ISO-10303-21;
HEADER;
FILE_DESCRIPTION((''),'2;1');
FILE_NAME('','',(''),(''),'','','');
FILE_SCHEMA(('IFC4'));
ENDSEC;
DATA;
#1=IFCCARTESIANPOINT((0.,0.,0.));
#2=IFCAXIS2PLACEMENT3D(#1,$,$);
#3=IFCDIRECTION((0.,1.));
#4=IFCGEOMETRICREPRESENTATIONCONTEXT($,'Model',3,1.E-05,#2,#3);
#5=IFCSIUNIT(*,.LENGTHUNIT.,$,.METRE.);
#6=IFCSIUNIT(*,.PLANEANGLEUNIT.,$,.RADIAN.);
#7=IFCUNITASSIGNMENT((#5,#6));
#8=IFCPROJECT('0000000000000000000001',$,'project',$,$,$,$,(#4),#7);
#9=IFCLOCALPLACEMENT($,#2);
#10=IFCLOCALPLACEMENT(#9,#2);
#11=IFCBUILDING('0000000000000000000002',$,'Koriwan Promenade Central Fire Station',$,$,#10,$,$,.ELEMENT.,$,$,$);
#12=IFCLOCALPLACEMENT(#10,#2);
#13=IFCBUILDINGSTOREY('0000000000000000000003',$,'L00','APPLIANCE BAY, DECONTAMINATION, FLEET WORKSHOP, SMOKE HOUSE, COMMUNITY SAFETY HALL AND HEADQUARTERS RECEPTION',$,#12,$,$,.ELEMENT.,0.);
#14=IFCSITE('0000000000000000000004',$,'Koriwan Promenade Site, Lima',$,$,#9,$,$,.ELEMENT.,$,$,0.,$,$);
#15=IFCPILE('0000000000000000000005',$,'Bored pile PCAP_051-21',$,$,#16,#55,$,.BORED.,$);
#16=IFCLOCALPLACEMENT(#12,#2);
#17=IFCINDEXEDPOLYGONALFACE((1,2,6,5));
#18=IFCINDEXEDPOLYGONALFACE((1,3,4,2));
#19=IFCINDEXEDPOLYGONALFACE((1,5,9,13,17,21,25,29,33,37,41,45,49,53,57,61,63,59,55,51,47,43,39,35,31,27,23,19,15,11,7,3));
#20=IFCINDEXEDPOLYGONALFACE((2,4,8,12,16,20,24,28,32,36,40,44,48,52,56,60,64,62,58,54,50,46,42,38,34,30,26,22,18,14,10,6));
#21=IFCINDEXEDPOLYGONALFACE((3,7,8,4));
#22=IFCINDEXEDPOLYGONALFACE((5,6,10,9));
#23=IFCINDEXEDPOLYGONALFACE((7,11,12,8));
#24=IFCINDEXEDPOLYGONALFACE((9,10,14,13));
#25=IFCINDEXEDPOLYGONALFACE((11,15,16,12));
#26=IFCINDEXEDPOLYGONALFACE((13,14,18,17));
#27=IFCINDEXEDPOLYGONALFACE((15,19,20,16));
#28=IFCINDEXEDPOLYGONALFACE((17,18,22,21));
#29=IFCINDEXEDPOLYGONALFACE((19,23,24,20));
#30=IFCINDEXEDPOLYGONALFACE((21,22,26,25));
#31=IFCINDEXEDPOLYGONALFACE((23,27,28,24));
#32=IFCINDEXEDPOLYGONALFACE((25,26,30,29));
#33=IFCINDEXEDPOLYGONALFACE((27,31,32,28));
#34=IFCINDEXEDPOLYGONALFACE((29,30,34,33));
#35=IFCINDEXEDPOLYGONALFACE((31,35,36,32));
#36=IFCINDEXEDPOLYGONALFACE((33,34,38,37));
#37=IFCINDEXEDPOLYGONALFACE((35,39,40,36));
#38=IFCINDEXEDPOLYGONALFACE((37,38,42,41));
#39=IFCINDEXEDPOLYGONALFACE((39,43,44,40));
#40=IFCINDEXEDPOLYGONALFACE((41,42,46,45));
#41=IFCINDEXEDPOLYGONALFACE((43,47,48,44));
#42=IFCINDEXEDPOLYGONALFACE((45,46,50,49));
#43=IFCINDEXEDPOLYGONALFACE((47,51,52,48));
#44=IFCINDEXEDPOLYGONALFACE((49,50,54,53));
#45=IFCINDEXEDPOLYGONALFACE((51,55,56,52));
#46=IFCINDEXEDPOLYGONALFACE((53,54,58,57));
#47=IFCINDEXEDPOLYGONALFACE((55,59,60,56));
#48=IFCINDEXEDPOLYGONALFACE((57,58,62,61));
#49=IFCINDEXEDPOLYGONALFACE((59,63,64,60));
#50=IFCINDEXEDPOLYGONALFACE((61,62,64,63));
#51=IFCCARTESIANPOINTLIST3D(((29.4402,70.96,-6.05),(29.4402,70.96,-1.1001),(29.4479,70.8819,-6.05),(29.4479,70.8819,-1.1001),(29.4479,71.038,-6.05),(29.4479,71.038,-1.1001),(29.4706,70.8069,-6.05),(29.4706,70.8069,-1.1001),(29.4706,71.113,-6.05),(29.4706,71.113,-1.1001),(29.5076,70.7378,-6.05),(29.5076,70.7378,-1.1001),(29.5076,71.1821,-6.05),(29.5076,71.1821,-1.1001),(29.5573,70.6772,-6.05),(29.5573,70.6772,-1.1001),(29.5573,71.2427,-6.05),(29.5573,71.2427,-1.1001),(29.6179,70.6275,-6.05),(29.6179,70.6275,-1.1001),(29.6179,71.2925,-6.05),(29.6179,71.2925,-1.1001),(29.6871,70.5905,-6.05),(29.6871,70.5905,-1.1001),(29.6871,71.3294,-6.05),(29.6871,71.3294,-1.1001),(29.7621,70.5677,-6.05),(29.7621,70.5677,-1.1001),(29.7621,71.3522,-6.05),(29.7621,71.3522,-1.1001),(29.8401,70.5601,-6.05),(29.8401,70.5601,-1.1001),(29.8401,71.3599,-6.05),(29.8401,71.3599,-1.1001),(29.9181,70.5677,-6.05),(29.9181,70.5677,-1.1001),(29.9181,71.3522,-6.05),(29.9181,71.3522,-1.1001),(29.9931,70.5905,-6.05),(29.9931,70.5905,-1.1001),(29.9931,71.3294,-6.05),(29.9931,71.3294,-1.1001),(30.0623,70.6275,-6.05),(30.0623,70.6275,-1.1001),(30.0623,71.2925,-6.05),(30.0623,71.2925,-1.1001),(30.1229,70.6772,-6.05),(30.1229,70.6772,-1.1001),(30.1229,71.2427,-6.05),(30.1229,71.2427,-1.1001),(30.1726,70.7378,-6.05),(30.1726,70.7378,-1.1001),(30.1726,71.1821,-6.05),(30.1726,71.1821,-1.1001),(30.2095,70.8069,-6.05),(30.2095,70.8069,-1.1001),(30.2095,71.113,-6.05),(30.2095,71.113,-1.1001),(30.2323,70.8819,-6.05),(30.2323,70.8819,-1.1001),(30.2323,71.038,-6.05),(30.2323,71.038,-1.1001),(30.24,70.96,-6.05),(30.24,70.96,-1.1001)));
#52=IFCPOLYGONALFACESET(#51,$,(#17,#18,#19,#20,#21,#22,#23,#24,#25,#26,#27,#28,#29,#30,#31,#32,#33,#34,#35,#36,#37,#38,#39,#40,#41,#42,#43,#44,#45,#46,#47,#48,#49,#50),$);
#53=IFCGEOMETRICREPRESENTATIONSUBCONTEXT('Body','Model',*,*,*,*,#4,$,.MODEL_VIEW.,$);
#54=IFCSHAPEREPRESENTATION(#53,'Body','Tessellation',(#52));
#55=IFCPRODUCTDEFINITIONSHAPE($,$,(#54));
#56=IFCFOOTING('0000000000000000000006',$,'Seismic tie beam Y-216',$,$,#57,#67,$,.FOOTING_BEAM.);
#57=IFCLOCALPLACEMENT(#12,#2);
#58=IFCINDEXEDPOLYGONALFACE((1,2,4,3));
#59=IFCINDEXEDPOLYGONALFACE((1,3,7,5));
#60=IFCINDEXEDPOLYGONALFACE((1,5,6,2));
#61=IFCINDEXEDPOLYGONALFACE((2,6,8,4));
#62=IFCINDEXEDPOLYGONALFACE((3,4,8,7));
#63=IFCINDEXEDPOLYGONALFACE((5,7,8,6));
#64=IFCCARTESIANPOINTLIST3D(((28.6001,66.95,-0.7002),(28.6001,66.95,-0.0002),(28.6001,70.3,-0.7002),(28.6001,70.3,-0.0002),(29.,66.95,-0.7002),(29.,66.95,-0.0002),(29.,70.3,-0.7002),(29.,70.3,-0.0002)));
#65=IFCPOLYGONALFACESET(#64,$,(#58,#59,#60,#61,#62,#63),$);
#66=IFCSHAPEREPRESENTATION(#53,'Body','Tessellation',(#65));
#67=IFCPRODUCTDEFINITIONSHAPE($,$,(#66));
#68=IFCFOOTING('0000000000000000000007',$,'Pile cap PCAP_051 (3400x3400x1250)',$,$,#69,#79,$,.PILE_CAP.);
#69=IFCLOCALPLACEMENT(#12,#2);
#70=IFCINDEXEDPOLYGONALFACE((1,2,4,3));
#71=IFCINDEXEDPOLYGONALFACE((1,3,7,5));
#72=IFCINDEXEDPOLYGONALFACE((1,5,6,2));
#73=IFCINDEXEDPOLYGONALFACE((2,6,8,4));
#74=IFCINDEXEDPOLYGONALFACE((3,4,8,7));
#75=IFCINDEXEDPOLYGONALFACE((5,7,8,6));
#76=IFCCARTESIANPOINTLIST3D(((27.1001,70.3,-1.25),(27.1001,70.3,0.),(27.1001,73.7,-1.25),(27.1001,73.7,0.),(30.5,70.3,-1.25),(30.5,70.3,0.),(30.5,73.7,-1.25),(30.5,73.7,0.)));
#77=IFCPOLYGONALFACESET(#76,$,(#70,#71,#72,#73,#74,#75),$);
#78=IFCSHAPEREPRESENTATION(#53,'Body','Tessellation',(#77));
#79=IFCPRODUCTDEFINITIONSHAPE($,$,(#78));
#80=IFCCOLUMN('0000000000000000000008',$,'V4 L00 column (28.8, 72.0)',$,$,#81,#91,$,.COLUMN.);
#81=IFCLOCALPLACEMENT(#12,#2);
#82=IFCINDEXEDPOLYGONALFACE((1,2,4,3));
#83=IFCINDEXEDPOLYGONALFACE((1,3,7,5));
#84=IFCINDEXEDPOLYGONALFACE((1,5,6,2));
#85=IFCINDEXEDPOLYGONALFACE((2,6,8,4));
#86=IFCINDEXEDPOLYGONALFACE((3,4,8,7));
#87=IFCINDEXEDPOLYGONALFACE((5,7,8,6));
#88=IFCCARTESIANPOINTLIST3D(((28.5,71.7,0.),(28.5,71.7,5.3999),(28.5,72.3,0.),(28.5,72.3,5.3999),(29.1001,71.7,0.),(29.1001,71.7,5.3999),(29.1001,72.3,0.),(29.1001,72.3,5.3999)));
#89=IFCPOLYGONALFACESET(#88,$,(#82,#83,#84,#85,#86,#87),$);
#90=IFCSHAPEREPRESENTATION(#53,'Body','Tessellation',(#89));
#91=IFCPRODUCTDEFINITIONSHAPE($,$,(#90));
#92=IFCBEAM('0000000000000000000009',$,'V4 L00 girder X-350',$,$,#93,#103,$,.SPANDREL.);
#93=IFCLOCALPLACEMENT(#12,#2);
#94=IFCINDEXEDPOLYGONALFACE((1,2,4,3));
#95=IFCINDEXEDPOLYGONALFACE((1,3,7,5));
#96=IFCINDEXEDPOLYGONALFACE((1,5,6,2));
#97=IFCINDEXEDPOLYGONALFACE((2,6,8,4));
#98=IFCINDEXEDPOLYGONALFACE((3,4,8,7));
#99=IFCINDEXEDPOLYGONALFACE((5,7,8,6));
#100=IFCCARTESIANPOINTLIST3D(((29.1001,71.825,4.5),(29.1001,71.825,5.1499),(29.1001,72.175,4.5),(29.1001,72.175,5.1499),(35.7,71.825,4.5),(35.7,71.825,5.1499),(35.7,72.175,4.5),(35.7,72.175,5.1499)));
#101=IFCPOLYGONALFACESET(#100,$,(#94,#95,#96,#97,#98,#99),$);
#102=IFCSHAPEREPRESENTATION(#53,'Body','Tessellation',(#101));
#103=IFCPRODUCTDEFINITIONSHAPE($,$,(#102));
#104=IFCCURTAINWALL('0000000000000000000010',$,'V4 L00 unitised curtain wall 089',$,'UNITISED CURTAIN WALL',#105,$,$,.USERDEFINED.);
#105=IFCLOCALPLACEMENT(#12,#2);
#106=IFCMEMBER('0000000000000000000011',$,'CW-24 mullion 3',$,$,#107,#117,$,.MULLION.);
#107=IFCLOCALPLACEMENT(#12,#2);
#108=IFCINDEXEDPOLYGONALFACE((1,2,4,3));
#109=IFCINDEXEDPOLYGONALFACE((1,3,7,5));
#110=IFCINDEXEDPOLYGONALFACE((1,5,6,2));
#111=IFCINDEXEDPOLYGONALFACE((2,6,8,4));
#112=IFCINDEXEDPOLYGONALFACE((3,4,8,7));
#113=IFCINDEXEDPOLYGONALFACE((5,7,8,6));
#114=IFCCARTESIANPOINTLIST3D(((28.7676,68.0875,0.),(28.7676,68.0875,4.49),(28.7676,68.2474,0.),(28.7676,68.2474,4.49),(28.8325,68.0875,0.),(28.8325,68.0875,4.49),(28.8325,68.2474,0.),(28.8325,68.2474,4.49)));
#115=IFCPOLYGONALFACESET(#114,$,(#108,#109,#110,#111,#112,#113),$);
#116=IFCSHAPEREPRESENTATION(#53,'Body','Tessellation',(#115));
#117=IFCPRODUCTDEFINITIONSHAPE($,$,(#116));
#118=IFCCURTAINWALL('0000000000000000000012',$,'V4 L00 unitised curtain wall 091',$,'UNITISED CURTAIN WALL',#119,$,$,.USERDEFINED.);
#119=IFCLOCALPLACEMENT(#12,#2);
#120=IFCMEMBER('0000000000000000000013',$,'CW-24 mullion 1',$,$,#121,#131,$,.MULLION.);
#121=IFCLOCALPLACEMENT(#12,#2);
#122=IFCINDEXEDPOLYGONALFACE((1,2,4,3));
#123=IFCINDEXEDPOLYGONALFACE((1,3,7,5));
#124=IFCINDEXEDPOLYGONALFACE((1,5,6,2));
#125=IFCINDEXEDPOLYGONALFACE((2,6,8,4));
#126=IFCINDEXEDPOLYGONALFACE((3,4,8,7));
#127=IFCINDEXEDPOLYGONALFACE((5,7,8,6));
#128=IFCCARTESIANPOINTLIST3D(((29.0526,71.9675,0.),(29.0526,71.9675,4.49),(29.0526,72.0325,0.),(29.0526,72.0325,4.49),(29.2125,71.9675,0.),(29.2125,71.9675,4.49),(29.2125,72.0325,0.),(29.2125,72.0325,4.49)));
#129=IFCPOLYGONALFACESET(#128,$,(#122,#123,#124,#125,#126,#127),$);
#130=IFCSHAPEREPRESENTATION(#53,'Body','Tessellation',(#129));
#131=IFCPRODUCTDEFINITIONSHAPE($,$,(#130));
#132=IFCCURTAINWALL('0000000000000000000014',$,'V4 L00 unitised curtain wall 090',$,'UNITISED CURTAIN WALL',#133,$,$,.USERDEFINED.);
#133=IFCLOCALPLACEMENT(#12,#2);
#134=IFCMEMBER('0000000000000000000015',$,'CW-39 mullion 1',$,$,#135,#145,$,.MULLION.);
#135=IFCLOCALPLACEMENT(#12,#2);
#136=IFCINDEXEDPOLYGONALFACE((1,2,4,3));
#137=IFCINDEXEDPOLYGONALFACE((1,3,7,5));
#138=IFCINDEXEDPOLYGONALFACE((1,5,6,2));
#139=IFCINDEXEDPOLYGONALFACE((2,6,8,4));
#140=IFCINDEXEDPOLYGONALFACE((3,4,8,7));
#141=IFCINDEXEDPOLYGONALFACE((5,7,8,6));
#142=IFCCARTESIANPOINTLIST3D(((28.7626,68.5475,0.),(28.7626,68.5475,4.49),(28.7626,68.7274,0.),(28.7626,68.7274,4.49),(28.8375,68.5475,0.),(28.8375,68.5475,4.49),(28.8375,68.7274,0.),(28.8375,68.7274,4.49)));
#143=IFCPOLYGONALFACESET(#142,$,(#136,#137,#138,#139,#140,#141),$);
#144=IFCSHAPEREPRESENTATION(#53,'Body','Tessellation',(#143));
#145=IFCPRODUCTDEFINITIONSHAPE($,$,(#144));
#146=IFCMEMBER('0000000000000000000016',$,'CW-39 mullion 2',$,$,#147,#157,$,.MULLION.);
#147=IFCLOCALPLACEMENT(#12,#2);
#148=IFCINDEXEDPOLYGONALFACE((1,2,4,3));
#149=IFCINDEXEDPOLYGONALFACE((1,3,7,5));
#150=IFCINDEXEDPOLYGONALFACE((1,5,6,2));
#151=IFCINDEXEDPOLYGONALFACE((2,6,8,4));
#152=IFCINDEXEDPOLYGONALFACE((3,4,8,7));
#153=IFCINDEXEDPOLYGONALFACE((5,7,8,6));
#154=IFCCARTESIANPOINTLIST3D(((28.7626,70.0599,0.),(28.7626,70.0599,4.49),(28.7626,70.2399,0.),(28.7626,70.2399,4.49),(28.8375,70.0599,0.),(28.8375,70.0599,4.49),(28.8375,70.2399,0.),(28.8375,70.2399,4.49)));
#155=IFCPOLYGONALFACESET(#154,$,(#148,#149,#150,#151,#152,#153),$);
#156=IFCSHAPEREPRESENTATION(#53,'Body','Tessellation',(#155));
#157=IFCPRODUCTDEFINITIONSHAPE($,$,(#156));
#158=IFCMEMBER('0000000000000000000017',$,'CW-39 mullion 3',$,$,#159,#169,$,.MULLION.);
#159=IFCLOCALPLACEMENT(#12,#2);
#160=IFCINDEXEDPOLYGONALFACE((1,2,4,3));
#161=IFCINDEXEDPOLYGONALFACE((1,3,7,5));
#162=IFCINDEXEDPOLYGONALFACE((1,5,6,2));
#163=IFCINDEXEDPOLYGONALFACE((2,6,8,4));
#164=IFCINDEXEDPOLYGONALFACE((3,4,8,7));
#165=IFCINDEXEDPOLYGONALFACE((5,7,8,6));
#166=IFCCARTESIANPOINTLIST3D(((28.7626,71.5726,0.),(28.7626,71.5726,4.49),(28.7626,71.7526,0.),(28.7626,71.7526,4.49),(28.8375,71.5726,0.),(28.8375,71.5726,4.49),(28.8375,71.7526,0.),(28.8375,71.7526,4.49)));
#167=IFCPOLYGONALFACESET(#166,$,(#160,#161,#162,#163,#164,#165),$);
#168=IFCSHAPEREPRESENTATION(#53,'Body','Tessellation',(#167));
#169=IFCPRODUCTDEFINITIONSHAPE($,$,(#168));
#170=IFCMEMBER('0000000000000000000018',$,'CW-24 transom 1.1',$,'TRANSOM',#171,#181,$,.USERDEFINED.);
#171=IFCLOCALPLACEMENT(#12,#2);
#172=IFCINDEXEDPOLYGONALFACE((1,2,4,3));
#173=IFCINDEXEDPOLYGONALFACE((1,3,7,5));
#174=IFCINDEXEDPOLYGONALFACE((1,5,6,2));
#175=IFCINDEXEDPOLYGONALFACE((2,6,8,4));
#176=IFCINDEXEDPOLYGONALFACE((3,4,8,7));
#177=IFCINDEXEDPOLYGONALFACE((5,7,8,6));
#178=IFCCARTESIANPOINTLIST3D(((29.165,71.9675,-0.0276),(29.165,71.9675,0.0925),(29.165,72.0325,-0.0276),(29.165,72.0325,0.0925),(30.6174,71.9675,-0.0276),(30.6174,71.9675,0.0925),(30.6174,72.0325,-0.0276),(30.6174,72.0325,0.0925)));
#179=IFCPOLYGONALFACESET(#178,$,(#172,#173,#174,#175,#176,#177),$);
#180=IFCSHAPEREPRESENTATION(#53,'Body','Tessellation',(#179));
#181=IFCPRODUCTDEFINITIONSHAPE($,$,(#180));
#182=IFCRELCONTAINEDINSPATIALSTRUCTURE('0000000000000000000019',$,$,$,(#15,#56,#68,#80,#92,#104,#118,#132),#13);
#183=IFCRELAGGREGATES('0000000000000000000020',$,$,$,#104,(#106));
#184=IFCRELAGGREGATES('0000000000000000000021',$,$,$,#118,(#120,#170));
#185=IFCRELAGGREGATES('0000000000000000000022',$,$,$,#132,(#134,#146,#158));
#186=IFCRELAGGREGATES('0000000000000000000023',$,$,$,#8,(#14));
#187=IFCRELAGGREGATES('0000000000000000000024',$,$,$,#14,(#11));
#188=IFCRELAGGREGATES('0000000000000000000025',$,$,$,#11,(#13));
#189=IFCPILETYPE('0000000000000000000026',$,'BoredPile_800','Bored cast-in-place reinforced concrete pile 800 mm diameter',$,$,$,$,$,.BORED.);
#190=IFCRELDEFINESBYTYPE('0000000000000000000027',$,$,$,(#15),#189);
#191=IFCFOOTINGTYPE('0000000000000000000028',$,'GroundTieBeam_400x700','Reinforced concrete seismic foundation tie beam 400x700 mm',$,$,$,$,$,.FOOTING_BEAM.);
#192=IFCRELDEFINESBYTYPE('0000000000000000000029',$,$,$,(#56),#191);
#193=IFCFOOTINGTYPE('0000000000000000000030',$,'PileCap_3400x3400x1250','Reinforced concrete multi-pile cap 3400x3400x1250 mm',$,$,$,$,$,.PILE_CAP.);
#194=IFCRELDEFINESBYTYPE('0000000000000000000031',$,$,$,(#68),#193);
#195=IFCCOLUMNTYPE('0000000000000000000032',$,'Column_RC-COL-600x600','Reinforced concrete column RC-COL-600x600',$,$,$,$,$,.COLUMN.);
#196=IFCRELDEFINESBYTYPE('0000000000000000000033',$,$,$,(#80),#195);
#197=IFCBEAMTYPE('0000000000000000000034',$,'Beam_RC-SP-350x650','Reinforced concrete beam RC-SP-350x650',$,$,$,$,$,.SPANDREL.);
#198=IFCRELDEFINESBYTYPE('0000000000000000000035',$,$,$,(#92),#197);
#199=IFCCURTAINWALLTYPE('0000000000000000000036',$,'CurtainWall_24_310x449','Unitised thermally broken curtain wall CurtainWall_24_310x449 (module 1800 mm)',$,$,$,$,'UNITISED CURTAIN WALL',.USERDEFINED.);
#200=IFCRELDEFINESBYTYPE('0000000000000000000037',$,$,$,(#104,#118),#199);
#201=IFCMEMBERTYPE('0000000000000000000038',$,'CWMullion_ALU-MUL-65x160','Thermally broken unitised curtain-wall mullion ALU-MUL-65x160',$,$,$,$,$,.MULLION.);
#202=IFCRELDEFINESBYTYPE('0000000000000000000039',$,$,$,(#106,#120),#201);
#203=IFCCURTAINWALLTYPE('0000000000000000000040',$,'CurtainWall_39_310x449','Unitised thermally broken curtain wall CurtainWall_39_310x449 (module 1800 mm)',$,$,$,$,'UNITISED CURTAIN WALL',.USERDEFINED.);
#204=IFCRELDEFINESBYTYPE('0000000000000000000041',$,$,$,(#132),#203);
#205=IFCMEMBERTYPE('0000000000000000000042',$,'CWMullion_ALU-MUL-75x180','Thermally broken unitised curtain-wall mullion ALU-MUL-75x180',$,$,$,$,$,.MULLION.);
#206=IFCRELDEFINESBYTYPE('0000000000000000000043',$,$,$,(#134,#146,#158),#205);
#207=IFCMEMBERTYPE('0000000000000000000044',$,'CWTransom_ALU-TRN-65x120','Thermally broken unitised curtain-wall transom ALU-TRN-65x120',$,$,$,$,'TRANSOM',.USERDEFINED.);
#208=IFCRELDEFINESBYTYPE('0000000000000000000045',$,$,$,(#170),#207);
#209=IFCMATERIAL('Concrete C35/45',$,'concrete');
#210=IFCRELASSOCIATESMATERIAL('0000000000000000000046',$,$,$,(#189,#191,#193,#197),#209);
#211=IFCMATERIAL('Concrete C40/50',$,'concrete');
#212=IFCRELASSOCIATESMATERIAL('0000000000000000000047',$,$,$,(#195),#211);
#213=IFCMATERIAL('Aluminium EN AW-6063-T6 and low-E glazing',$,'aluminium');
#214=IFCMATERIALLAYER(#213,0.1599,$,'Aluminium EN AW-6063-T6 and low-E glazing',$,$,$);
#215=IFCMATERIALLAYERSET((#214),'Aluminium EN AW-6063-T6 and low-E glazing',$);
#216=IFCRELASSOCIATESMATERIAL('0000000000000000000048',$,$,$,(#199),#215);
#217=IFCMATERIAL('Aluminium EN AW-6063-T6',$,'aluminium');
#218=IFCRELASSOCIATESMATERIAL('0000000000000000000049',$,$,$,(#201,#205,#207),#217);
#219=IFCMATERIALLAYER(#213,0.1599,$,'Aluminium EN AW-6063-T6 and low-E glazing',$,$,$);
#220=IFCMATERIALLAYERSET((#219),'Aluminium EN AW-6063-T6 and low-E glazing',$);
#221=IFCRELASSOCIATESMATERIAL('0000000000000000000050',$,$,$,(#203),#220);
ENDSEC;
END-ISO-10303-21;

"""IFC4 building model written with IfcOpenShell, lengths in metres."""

from ifc_helpers import new_model, si_unit, direction, frame, origin, origin_2d, place, context, subcontext, project, spatial, rectangle, circle, extrude, material, layer, layer_set, material_profile, profile_set, type_object, element, aggregate, save


model = new_model("IFC4")

# Units and contexts
model_context = context("Model", 3, precision=1e-05, world=origin(), true_north=direction((0.0, 1.0)))
body_context = subcontext(model_context, "Body", "Model", "MODEL_VIEW")
ifc_project = project(units=[si_unit("LENGTHUNIT", "METRE"), si_unit("PLANEANGLEUNIT", "RADIAN")], contexts=[model_context])

# Site, building, storey
site_placement = place(None, origin())
site = spatial("IfcSite", under=ifc_project, at=site_placement, Name="Koriwan Promenade Site, Lima", CompositionType="ELEMENT", RefElevation=0.0)
building_placement = place(site_placement, origin())
building = spatial("IfcBuilding", under=site, at=building_placement, Name="Koriwan Promenade Central Fire Station", CompositionType="ELEMENT")
storey_placement = place(building_placement, origin())
storey = spatial("IfcBuildingStorey", under=building, at=storey_placement, Name="L00", Description="APPLIANCE BAY, DECONTAMINATION, FLEET WORKSHOP, SMOKE HOUSE, COMMUNITY SAFETY HALL AND HEADQUARTERS RECEPTION", CompositionType="ELEMENT", Elevation=0.0)

# Pile
ifc_material_1 = material(Name="Concrete C35/45", Category="concrete")
ifc_material_profile_1 = material_profile(ifc_material_1, circle(Radius=0.3999, at=origin_2d()), Name="PILE-D800")
ifc_profile_set_1 = profile_set([ifc_material_profile_1], Name="Concrete C35/45")
pile_type = type_object("IfcPileType", Name="BoredPile_800", Description="Bored cast-in-place reinforced concrete pile 800 mm diameter", PredefinedType="BORED", material=ifc_profile_set_1)
pile_placement = place(storey_placement, frame((29.8401, 70.96, -1.1001), z_axis=(0.0, 0.0, -1.0), x_axis=(1.0, 0.0, 0.0)))
element("IfcPile", 1, at=pile_placement, inside=storey, type_object=pile_type, Name="Bored pile PCAP_051-21", PredefinedType="BORED", context=body_context, shape_type="SweptSolid", body=[
    extrude(circle(Radius=0.3999, at=origin_2d()), origin(), (0.0, 0.0, 1.0), 4.95),
])

# Footings
footing_type_1 = type_object("IfcFootingType", Name="GroundTieBeam_400x700", Description="Reinforced concrete seismic foundation tie beam 400x700 mm", PredefinedType="FOOTING_BEAM", material=ifc_material_1)
footing_1_placement = place(storey_placement, frame((28.8, 68.625, -0.7002), z_axis=(0.0, 0.0, 1.0), x_axis=(0.0, 1.0, 0.0)))
element("IfcFooting", 2, at=footing_1_placement, inside=storey, type_object=footing_type_1, Name="Seismic tie beam Y-216", PredefinedType="FOOTING_BEAM", context=body_context, shape_type="SweptSolid", body=[
    extrude(rectangle(XDim=3.3501, YDim=0.3999, at=origin_2d()), origin(), (0.0, 0.0, 1.0), 0.7),
])
footing_type_2 = type_object("IfcFootingType", Name="PileCap_3400x3400x1250", Description="Reinforced concrete multi-pile cap 3400x3400x1250 mm", PredefinedType="PILE_CAP", material=ifc_material_1)
footing_2_placement = place(storey_placement, frame((28.8, 72.0, -1.25), z_axis=(0.0, 0.0, 1.0), x_axis=(1.0, 0.0, 0.0)))
element("IfcFooting", 3, at=footing_2_placement, inside=storey, type_object=footing_type_2, Name="Pile cap PCAP_051 (3400x3400x1250)", PredefinedType="PILE_CAP", context=body_context, shape_type="SweptSolid", body=[
    extrude(rectangle(XDim=3.3999, YDim=3.3999, at=origin_2d()), origin(), (0.0, 0.0, 1.0), 1.25),
])

# Column
ifc_material_2 = material(Name="Concrete C40/50", Category="concrete")
ifc_material_profile_2 = material_profile(ifc_material_2, rectangle(XDim=0.6001, YDim=0.6001, at=origin_2d()), Name="RC-COL-600x600")
ifc_profile_set_2 = profile_set([ifc_material_profile_2], Name="Concrete C40/50")
column_type = type_object("IfcColumnType", Name="Column_RC-COL-600x600", Description="Reinforced concrete column RC-COL-600x600", PredefinedType="COLUMN", material=ifc_profile_set_2)
column_placement = place(storey_placement, frame((28.8, 72.0, 0.0), z_axis=(0.0, 0.0, 1.0), x_axis=(1.0, 0.0, 0.0)))
element("IfcColumn", 4, at=column_placement, inside=storey, type_object=column_type, Name="V4 L00 column (28.8, 72.0)", PredefinedType="COLUMN", context=body_context, shape_type="SweptSolid", body=[
    extrude(rectangle(XDim=0.6001, YDim=0.6001, at=origin_2d()), origin(), (0.0, 0.0, 1.0), 5.3999),
])

# Beam
ifc_material_profile_3 = material_profile(ifc_material_1, rectangle(XDim=0.3501, YDim=0.6499, at=origin_2d()), Name="RC-SP-350x650")
ifc_profile_set_3 = profile_set([ifc_material_profile_3], Name="Concrete C35/45")
beam_type = type_object("IfcBeamType", Name="Beam_RC-SP-350x650", Description="Reinforced concrete beam RC-SP-350x650", PredefinedType="SPANDREL", material=ifc_profile_set_3)
beam_placement = place(storey_placement, frame((29.1001, 72.0, 4.825), z_axis=(1.0, 0.0, 0.0), x_axis=(0.0, 1.0, 0.0)))
element("IfcBeam", 5, at=beam_placement, inside=storey, type_object=beam_type, Name="V4 L00 girder X-350", PredefinedType="SPANDREL", context=body_context, shape_type="SweptSolid", body=[
    extrude(rectangle(XDim=0.3501, YDim=0.6499, at=origin_2d()), origin(), (0.0, 0.0, 1.0), 6.5999),
])

# Curtain walls, members
ifc_material_3 = material(Name="Aluminium EN AW-6063-T6 and low-E glazing", Category="aluminium")
ifc_layer_1 = layer(ifc_material_3, 0.1599, Name="Aluminium EN AW-6063-T6 and low-E glazing")
ifc_layer_set_1 = layer_set([ifc_layer_1], Name="Aluminium EN AW-6063-T6 and low-E glazing")
curtain_wall_type_1 = type_object("IfcCurtainWallType", Name="CurtainWall_24_310x449", Description="Unitised thermally broken curtain wall CurtainWall_24_310x449 (module 1800 mm)", ElementType="UNITISED CURTAIN WALL", PredefinedType="USERDEFINED", material=ifc_layer_set_1)
curtain_wall_1_placement = place(storey_placement, origin())
curtain_wall_1 = element("IfcCurtainWall", 6, at=curtain_wall_1_placement, inside=storey, type_object=curtain_wall_type_1, Name="V4 L00 unitised curtain wall 089", ObjectType="UNITISED CURTAIN WALL", PredefinedType="USERDEFINED")
ifc_material_4 = material(Name="Aluminium EN AW-6063-T6", Category="aluminium")
ifc_material_profile_4 = material_profile(ifc_material_4, rectangle(XDim=0.0649, YDim=0.1599, at=origin_2d()), Name="ALU-MUL-65x160")
ifc_profile_set_4 = profile_set([ifc_material_profile_4], Name="Aluminium EN AW-6063-T6")
member_type_1 = type_object("IfcMemberType", Name="CWMullion_ALU-MUL-65x160", Description="Thermally broken unitised curtain-wall mullion ALU-MUL-65x160", PredefinedType="MULLION", material=ifc_profile_set_4)
member_1_placement = place(storey_placement, frame((28.8, 68.1675, 0.0), z_axis=(0.0, 0.0, 1.0), x_axis=(-1.0, 0.0, 0.0)))
member_1 = element("IfcMember", 7, at=member_1_placement, type_object=member_type_1, Name="CW-24 mullion 3", PredefinedType="MULLION", context=body_context, shape_type="SweptSolid", body=[
    extrude(rectangle(XDim=0.0649, YDim=0.1599, at=origin_2d()), origin(), (0.0, 0.0, 1.0), 4.49),
])
aggregate(curtain_wall_1, [member_1])
curtain_wall_2_placement = place(storey_placement, origin())
curtain_wall_2 = element("IfcCurtainWall", 8, at=curtain_wall_2_placement, inside=storey, type_object=curtain_wall_type_1, Name="V4 L00 unitised curtain wall 091", ObjectType="UNITISED CURTAIN WALL", PredefinedType="USERDEFINED")
member_2_placement = place(storey_placement, frame((29.1326, 72.0, 0.0), z_axis=(0.0, 0.0, 1.0), x_axis=(0.0, 1.0, 0.0)))
member_2 = element("IfcMember", 9, at=member_2_placement, type_object=member_type_1, Name="CW-24 mullion 1", PredefinedType="MULLION", context=body_context, shape_type="SweptSolid", body=[
    extrude(rectangle(XDim=0.0649, YDim=0.1599, at=origin_2d()), origin(), (0.0, 0.0, 1.0), 4.49),
])

# Curtain wall, members
ifc_layer_2 = layer(ifc_material_3, 0.1599, Name="Aluminium EN AW-6063-T6 and low-E glazing")
ifc_layer_set_2 = layer_set([ifc_layer_2], Name="Aluminium EN AW-6063-T6 and low-E glazing")
curtain_wall_type_2 = type_object("IfcCurtainWallType", Name="CurtainWall_39_310x449", Description="Unitised thermally broken curtain wall CurtainWall_39_310x449 (module 1800 mm)", ElementType="UNITISED CURTAIN WALL", PredefinedType="USERDEFINED", material=ifc_layer_set_2)
curtain_wall_3_placement = place(storey_placement, origin())
curtain_wall_3 = element("IfcCurtainWall", 10, at=curtain_wall_3_placement, inside=storey, type_object=curtain_wall_type_2, Name="V4 L00 unitised curtain wall 090", ObjectType="UNITISED CURTAIN WALL", PredefinedType="USERDEFINED")
ifc_material_profile_5 = material_profile(ifc_material_4, rectangle(XDim=0.075, YDim=0.1799, at=origin_2d()), Name="ALU-MUL-75x180")
ifc_profile_set_5 = profile_set([ifc_material_profile_5], Name="Aluminium EN AW-6063-T6")
member_type_2 = type_object("IfcMemberType", Name="CWMullion_ALU-MUL-75x180", Description="Thermally broken unitised curtain-wall mullion ALU-MUL-75x180", PredefinedType="MULLION", material=ifc_profile_set_5)
member_3_placement = place(storey_placement, frame((28.8, 68.6375, 0.0), z_axis=(0.0, 0.0, 1.0), x_axis=(-1.0, 0.0, 0.0)))
member_3 = element("IfcMember", 11, at=member_3_placement, type_object=member_type_2, Name="CW-39 mullion 1", PredefinedType="MULLION", context=body_context, shape_type="SweptSolid", body=[
    extrude(rectangle(XDim=0.075, YDim=0.1799, at=origin_2d()), origin(), (0.0, 0.0, 1.0), 4.49),
])
member_4_placement = place(storey_placement, frame((28.8, 70.1499, 0.0), z_axis=(0.0, 0.0, 1.0), x_axis=(-1.0, 0.0, 0.0)))
member_4 = element("IfcMember", 12, at=member_4_placement, type_object=member_type_2, Name="CW-39 mullion 2", PredefinedType="MULLION", context=body_context, shape_type="SweptSolid", body=[
    extrude(rectangle(XDim=0.075, YDim=0.1799, at=origin_2d()), origin(), (0.0, 0.0, 1.0), 4.49),
])
member_5_placement = place(storey_placement, frame((28.8, 71.6626, 0.0), z_axis=(0.0, 0.0, 1.0), x_axis=(-1.0, 0.0, 0.0)))
member_5 = element("IfcMember", 13, at=member_5_placement, type_object=member_type_2, Name="CW-39 mullion 3", PredefinedType="MULLION", context=body_context, shape_type="SweptSolid", body=[
    extrude(rectangle(XDim=0.075, YDim=0.1799, at=origin_2d()), origin(), (0.0, 0.0, 1.0), 4.49),
])

# Member
ifc_material_profile_6 = material_profile(ifc_material_4, rectangle(XDim=0.0649, YDim=0.1201, at=origin_2d()), Name="ALU-TRN-65x120")
ifc_profile_set_6 = profile_set([ifc_material_profile_6], Name="Aluminium EN AW-6063-T6")
member_type_3 = type_object("IfcMemberType", Name="CWTransom_ALU-TRN-65x120", Description="Thermally broken unitised curtain-wall transom ALU-TRN-65x120", ElementType="TRANSOM", PredefinedType="USERDEFINED", material=ifc_profile_set_6)
member_6_placement = place(storey_placement, frame((29.165, 72.0, 0.0325), z_axis=(1.0, 0.0, 0.0), x_axis=(0.0, 1.0, 0.0)))
member_6 = element("IfcMember", 14, at=member_6_placement, type_object=member_type_3, Name="CW-24 transom 1.1", ObjectType="TRANSOM", PredefinedType="USERDEFINED", context=body_context, shape_type="SweptSolid", body=[
    extrude(rectangle(XDim=0.0649, YDim=0.1201, at=origin_2d()), origin(), (0.0, 0.0, 1.0), 1.4524),
])
aggregate(curtain_wall_2, [member_2, member_6])

aggregate(curtain_wall_3, [member_3, member_4, member_5])

save(model, "model.ifc")
